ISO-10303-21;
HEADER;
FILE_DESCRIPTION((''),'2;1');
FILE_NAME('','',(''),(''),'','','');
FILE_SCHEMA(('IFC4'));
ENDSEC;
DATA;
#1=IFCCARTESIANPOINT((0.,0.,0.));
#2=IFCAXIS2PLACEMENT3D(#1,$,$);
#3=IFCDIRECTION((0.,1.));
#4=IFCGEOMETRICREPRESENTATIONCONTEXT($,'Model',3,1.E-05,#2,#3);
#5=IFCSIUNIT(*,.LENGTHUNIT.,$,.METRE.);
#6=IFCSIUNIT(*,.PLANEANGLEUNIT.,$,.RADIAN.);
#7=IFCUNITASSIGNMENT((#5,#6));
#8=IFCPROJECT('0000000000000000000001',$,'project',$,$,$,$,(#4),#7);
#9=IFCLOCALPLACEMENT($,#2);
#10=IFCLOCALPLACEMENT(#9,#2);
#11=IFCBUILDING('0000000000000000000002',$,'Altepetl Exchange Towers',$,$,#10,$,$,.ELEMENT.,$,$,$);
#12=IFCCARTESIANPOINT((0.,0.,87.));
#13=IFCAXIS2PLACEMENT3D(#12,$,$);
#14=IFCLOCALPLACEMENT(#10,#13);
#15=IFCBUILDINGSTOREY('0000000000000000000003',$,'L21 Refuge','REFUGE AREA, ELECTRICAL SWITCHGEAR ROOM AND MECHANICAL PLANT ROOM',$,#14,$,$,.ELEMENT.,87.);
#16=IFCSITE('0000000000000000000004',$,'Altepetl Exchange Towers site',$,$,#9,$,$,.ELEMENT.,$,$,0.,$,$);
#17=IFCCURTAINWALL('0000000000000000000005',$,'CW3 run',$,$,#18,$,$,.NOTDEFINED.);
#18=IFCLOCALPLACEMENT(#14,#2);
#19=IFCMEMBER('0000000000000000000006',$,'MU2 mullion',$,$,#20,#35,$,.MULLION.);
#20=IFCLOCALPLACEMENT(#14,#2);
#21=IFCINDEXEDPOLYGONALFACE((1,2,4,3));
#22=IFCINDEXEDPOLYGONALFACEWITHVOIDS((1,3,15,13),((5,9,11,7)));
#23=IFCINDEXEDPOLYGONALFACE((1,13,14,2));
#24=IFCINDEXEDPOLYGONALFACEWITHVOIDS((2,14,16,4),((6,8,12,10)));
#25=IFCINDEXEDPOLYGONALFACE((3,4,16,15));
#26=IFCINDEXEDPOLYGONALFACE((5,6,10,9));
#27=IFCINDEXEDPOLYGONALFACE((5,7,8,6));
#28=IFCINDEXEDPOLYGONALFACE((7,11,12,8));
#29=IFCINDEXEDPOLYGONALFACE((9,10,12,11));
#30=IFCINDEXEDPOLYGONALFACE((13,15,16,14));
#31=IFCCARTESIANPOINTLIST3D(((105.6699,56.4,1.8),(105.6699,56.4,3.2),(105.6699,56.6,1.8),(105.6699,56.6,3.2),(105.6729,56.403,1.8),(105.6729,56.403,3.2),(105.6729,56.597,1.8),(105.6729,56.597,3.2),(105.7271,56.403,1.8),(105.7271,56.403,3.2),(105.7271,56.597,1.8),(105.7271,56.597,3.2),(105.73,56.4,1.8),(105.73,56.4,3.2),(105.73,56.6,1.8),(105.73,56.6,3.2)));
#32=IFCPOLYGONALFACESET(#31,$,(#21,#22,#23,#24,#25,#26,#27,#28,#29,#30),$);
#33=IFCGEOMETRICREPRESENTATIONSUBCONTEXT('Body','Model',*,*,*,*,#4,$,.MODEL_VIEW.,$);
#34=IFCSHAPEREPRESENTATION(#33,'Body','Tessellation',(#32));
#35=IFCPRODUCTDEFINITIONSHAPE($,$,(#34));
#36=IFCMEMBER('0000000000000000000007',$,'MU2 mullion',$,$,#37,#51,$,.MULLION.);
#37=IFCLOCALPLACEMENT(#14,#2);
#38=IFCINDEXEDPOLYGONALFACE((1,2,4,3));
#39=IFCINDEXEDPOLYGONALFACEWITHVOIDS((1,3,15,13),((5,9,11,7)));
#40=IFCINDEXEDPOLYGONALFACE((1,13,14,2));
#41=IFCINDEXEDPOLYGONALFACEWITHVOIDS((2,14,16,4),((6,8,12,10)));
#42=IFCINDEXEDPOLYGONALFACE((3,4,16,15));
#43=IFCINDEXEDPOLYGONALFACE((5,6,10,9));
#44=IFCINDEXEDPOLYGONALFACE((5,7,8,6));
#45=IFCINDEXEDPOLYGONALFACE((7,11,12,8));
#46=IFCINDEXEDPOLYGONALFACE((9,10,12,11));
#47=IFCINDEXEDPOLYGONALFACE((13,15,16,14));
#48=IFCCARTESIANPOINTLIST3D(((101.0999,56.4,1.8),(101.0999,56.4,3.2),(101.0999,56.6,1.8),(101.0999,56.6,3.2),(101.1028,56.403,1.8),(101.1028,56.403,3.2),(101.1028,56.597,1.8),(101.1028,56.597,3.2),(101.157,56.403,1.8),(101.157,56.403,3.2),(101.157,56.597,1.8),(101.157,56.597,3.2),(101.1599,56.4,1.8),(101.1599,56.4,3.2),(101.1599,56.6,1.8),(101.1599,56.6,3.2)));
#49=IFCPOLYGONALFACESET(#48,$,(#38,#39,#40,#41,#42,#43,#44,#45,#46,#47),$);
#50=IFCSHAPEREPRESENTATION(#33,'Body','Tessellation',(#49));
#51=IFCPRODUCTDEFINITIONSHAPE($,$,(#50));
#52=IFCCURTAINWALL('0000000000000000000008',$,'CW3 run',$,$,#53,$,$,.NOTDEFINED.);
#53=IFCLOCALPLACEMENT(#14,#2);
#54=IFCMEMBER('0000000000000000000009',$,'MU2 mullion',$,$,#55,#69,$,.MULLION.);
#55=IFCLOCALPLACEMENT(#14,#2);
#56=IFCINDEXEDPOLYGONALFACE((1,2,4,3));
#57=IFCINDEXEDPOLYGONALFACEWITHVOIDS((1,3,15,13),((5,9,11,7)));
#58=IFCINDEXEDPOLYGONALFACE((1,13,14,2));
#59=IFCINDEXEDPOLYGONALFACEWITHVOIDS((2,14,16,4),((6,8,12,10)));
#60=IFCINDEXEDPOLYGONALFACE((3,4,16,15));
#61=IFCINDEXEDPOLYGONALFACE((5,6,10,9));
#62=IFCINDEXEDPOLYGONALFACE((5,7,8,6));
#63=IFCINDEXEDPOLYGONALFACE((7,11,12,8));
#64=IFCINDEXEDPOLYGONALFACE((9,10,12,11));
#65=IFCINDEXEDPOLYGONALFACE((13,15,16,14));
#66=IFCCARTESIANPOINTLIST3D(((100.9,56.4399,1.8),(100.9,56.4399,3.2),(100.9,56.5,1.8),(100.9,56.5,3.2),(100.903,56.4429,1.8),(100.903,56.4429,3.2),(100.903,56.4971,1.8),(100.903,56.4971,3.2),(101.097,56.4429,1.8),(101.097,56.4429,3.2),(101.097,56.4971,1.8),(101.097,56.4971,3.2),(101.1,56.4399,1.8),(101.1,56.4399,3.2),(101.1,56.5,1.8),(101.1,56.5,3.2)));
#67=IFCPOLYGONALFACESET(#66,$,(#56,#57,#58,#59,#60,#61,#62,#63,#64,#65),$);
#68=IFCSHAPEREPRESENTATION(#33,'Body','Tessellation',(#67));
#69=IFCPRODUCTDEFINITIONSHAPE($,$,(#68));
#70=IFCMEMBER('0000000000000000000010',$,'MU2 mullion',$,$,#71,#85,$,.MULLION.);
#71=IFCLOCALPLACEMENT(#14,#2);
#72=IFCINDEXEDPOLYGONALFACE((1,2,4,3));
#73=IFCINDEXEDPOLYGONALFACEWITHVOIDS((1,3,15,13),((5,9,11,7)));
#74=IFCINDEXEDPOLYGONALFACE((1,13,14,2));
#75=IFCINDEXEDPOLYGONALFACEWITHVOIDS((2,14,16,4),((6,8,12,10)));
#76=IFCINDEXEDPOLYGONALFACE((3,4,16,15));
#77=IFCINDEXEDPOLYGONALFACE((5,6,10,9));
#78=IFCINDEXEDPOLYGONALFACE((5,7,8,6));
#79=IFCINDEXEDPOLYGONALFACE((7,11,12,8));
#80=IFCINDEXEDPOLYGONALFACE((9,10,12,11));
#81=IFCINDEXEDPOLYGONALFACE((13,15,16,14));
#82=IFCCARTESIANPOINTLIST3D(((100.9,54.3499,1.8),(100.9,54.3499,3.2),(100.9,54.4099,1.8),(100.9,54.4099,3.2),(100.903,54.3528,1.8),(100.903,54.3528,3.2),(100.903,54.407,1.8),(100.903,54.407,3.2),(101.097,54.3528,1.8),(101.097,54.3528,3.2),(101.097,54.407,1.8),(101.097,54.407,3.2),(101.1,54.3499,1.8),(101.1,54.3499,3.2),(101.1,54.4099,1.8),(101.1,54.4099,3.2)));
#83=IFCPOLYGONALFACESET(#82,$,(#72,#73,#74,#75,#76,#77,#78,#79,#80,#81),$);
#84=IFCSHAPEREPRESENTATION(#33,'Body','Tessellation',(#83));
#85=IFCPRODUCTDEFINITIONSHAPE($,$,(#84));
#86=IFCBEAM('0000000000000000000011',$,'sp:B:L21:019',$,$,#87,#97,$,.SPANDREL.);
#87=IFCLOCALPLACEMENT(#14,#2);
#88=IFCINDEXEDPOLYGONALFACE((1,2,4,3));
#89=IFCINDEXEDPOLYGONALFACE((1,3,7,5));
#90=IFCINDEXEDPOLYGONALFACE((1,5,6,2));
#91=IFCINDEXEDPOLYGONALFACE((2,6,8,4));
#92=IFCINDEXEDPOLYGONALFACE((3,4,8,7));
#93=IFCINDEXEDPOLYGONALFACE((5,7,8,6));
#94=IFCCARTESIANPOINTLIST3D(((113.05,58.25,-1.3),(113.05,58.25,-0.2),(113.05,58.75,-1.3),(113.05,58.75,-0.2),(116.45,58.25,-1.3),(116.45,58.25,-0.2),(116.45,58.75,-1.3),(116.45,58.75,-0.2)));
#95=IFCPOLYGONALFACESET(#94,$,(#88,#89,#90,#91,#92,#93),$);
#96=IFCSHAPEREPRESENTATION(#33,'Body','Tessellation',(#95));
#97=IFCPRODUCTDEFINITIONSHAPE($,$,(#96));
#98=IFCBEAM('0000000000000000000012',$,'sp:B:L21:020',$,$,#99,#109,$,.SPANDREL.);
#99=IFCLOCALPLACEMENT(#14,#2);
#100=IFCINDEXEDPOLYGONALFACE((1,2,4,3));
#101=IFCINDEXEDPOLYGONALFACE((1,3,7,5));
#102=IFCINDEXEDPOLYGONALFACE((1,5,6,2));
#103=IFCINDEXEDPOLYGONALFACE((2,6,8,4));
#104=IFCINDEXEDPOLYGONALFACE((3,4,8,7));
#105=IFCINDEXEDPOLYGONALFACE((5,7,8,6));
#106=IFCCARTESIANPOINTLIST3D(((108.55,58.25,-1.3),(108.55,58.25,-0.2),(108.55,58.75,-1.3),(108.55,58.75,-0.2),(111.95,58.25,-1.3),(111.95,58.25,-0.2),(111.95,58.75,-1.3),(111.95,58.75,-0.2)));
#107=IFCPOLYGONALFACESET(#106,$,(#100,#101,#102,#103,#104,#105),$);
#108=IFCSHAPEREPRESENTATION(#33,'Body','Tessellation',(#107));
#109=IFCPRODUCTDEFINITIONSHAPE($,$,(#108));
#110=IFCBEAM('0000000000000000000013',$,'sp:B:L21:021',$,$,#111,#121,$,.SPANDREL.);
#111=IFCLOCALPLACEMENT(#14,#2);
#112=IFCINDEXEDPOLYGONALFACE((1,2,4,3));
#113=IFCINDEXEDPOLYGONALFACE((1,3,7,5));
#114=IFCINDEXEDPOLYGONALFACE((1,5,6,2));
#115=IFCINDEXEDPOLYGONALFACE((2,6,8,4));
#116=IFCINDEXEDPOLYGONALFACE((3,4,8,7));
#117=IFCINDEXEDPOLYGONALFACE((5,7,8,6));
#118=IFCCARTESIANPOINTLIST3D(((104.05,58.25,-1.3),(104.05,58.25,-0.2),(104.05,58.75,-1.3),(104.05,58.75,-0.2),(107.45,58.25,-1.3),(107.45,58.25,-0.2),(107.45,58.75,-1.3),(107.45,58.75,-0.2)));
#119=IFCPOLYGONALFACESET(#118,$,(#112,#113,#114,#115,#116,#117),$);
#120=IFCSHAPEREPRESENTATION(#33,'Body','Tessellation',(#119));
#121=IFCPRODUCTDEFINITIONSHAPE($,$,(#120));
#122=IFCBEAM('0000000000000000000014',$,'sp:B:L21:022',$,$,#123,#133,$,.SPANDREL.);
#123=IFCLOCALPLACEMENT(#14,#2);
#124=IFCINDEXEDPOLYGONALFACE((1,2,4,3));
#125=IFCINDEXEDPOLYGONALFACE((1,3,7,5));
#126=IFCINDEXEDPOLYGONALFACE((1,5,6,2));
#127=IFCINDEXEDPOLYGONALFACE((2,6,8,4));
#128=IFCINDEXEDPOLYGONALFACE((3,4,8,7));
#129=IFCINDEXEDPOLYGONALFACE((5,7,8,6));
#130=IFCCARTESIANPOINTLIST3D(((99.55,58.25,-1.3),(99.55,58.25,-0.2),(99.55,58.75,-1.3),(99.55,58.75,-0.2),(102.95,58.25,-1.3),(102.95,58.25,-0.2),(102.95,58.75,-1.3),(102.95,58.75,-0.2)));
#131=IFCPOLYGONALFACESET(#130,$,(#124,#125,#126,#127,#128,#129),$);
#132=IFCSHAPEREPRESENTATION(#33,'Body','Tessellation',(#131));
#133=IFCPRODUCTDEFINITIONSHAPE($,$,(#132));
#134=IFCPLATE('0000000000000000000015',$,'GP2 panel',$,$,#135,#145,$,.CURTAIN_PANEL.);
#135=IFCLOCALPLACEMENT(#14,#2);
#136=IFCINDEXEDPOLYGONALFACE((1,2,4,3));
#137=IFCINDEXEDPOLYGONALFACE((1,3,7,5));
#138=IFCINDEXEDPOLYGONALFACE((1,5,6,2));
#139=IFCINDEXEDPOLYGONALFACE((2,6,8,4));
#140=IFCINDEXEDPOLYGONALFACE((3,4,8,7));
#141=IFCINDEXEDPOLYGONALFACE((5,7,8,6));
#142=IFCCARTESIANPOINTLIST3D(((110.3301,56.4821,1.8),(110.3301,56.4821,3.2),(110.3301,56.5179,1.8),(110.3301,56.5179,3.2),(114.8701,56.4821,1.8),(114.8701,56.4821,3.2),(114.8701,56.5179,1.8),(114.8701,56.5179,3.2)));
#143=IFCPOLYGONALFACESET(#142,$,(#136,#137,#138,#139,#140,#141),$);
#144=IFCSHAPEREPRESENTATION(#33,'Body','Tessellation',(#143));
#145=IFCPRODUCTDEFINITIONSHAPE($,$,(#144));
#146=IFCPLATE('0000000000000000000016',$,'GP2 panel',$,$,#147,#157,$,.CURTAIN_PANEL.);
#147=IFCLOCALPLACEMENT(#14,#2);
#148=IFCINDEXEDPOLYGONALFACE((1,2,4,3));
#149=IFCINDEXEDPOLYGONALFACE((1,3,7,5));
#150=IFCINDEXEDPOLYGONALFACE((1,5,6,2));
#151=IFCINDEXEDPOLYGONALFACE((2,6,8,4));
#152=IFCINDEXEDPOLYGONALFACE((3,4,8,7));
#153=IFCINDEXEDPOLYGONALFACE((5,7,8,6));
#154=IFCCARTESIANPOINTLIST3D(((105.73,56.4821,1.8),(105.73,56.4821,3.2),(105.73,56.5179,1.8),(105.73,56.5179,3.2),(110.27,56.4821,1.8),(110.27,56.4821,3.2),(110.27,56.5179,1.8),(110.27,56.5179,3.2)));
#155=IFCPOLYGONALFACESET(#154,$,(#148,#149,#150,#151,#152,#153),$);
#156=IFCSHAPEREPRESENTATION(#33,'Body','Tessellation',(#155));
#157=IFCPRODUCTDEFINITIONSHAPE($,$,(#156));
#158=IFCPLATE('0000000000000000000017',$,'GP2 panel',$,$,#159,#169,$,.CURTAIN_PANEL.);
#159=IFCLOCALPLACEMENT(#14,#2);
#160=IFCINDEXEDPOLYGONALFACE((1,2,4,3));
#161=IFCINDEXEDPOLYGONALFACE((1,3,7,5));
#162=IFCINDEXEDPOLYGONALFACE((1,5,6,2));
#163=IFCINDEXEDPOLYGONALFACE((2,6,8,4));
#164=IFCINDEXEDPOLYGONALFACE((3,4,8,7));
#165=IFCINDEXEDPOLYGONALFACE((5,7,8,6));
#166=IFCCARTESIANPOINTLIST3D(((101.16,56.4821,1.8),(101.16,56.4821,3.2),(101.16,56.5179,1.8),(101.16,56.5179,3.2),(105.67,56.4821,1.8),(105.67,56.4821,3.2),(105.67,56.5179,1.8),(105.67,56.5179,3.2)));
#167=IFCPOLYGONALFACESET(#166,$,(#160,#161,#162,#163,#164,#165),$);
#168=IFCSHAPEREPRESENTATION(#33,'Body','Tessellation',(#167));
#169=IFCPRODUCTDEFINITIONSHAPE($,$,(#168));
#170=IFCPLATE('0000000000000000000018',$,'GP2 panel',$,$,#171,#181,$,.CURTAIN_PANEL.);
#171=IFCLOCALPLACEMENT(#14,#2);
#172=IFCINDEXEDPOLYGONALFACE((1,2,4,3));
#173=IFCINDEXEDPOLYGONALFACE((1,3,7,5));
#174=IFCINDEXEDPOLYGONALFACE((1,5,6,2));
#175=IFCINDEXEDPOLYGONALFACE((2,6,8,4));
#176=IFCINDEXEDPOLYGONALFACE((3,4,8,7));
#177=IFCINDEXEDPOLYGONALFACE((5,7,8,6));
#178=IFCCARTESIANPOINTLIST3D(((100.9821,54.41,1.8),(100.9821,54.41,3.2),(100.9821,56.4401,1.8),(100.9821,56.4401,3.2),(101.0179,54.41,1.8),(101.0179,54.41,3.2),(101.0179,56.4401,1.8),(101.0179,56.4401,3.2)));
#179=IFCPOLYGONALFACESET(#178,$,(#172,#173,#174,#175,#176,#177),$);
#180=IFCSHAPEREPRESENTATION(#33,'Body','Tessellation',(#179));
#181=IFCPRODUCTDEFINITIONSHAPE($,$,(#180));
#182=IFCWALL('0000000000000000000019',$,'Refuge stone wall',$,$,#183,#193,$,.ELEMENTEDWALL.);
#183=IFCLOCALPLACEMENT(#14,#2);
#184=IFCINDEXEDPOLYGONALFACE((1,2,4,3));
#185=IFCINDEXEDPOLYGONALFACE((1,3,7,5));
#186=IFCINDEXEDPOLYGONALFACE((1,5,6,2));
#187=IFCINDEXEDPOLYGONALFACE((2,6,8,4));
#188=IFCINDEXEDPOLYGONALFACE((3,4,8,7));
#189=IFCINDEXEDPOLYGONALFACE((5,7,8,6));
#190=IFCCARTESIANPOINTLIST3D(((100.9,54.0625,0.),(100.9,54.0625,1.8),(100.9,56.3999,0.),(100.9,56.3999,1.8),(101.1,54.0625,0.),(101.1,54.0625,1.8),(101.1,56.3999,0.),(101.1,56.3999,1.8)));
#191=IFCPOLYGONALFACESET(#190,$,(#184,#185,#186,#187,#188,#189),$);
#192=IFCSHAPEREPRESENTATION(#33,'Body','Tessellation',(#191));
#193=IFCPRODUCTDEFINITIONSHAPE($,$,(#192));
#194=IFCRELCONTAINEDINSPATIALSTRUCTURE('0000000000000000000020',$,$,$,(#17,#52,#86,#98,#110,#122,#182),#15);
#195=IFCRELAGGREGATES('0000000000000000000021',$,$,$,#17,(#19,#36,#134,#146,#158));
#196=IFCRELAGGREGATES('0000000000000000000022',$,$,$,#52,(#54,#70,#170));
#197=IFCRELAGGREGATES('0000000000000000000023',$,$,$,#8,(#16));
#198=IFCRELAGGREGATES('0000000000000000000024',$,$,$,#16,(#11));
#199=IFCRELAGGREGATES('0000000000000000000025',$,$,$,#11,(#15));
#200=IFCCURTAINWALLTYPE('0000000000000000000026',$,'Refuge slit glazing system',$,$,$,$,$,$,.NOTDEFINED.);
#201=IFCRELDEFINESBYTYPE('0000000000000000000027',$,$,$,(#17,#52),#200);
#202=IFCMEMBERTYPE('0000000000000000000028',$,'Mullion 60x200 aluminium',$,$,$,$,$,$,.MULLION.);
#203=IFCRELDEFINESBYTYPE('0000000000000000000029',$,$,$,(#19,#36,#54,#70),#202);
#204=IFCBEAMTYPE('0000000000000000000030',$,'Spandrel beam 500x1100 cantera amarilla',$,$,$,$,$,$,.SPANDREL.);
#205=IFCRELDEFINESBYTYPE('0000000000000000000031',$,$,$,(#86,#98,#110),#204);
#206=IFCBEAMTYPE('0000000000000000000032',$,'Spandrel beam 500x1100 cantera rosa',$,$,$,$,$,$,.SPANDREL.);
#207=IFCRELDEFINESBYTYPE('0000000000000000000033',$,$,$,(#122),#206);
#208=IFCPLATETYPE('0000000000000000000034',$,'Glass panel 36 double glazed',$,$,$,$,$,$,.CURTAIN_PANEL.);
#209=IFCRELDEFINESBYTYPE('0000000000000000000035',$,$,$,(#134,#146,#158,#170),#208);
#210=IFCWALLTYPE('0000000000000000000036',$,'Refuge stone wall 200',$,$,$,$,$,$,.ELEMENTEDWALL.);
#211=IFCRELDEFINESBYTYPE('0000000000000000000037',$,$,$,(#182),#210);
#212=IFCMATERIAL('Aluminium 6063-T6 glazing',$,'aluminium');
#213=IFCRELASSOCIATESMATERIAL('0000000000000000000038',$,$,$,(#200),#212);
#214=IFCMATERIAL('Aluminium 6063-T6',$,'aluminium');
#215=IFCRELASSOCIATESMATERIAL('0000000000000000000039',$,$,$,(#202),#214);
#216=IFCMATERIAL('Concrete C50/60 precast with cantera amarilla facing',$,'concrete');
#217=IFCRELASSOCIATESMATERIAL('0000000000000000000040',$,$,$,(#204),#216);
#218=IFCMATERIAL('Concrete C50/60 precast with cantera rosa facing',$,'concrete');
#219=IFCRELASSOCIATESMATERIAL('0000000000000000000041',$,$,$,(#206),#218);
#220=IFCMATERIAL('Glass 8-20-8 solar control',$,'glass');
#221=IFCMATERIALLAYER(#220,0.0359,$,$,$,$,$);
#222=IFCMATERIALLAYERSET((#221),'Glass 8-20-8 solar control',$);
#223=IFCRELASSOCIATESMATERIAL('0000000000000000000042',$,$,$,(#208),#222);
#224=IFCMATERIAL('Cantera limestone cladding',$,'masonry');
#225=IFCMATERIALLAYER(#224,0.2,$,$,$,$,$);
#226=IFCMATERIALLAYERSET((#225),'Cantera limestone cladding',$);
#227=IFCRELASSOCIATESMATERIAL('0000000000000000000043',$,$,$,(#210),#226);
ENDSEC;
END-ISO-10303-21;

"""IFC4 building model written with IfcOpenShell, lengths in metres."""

from ifc_helpers import new_model, si_unit, direction, frame, frame_2d, origin, origin_2d, place, context, subcontext, project, spatial, rectangle, hollow_rectangle, extrude, material, layer, layer_set, material_profile, profile_set, type_object, element, aggregate, save


model = new_model("IFC4")

# Units and contexts
model_context = context("Model", 3, precision=1e-05, world=origin(), true_north=direction((0.0, 1.0)))
body_context = subcontext(model_context, "Body", "Model", "MODEL_VIEW")
ifc_project = project(units=[si_unit("LENGTHUNIT", "METRE"), si_unit("PLANEANGLEUNIT", "RADIAN")], contexts=[model_context])

# Site, building, storey
site_placement = place(None, origin())
site = spatial("IfcSite", under=ifc_project, at=site_placement, Name="Altepetl Exchange Towers site", CompositionType="ELEMENT", RefElevation=0.0)
building_placement = place(site_placement, origin())
building = spatial("IfcBuilding", under=site, at=building_placement, Name="Altepetl Exchange Towers", CompositionType="ELEMENT")
storey_placement = place(building_placement, frame((0.0, 0.0, 87.0)))
storey = spatial("IfcBuildingStorey", under=building, at=storey_placement, Name="L21 Refuge", Description="REFUGE AREA, ELECTRICAL SWITCHGEAR ROOM AND MECHANICAL PLANT ROOM", CompositionType="ELEMENT", Elevation=87.0)

# Curtain walls, members
ifc_material_1 = material(Name="Aluminium 6063-T6 glazing", Category="aluminium")
curtain_wall_type = type_object("IfcCurtainWallType", Name="Refuge slit glazing system", PredefinedType="NOTDEFINED", material=ifc_material_1)
curtain_wall_1_placement = place(storey_placement, origin())
curtain_wall_1 = element("IfcCurtainWall", 1, at=curtain_wall_1_placement, inside=storey, type_object=curtain_wall_type, Name="CW3 run", PredefinedType="NOTDEFINED")
ifc_material_2 = material(Name="Aluminium 6063-T6", Category="aluminium")
ifc_material_profile_1 = material_profile(ifc_material_2, hollow_rectangle(XDim=0.0601, YDim=0.2, WallThickness=0.0029, at=origin_2d()), Name="Mullion 60x200 aluminium")
ifc_profile_set_1 = profile_set([ifc_material_profile_1], Name="Aluminium 6063-T6")
member_type_1 = type_object("IfcMemberType", Name="Mullion 60x200 aluminium", PredefinedType="MULLION", material=ifc_profile_set_1)
member_1_placement = place(storey_placement, frame((105.7, 56.5, 1.8), z_axis=(0.0, 0.0, 1.0), x_axis=(-1.0, 0.0, 0.0)))
member_1 = element("IfcMember", 2, at=member_1_placement, type_object=member_type_1, Name="MU2 mullion", PredefinedType="MULLION", context=body_context, shape_type="SweptSolid", body=[
    extrude(hollow_rectangle(XDim=0.0601, YDim=0.2, WallThickness=0.0029, at=origin_2d()), origin(), (0.0, 0.0, 1.0), 1.3999),
])
member_2_placement = place(storey_placement, frame((101.1299, 56.5, 1.8), z_axis=(0.0, 0.0, 1.0), x_axis=(-1.0, 0.0, 0.0)))
member_2 = element("IfcMember", 3, at=member_2_placement, type_object=member_type_1, Name="MU2 mullion", PredefinedType="MULLION", context=body_context, shape_type="SweptSolid", body=[
    extrude(hollow_rectangle(XDim=0.0601, YDim=0.2, WallThickness=0.0029, at=origin_2d()), origin(), (0.0, 0.0, 1.0), 1.3999),
])
curtain_wall_2_placement = place(storey_placement, origin())
curtain_wall_2 = element("IfcCurtainWall", 4, at=curtain_wall_2_placement, inside=storey, type_object=curtain_wall_type, Name="CW3 run", PredefinedType="NOTDEFINED")
member_3_placement = place(storey_placement, frame((101.0, 56.47, 1.8), z_axis=(0.0, 0.0, 1.0), x_axis=(0.0, -1.0, 0.0)))
member_3 = element("IfcMember", 5, at=member_3_placement, type_object=member_type_1, Name="MU2 mullion", PredefinedType="MULLION", context=body_context, shape_type="SweptSolid", body=[
    extrude(hollow_rectangle(XDim=0.0601, YDim=0.2, WallThickness=0.0029, at=origin_2d()), origin(), (0.0, 0.0, 1.0), 1.3999),
])
member_4_placement = place(storey_placement, frame((101.0, 54.3799, 1.8), z_axis=(0.0, 0.0, 1.0), x_axis=(0.0, -1.0, 0.0)))
member_4 = element("IfcMember", 6, at=member_4_placement, type_object=member_type_1, Name="MU2 mullion", PredefinedType="MULLION", context=body_context, shape_type="SweptSolid", body=[
    extrude(hollow_rectangle(XDim=0.0601, YDim=0.2, WallThickness=0.0029, at=origin_2d()), origin(), (0.0, 0.0, 1.0), 1.3999),
])

# Beams
ifc_material_3 = material(Name="Concrete C50/60 precast with cantera amarilla facing", Category="concrete")
ifc_material_profile_2 = material_profile(ifc_material_3, rectangle(XDim=0.5, YDim=1.1001, at=origin_2d()), Name="500 x 1100")
ifc_profile_set_2 = profile_set([ifc_material_profile_2], Name="Concrete C50/60 precast with cantera amarilla facing")
beam_type_1 = type_object("IfcBeamType", Name="Spandrel beam 500x1100 cantera amarilla", PredefinedType="SPANDREL", material=ifc_profile_set_2)
for number, where, z_axis, x_axis, name in (
    (7, (116.45, 58.5, -0.75), (-1.0, 0.0, 0.0), (0.0, -1.0, 0.0), "sp:B:L21:019"),
    (8, (111.95, 58.5, -0.75), (-1.0, 0.0, 0.0), (0.0, -1.0, 0.0), "sp:B:L21:020"),
    (9, (107.45, 58.5, -0.75), (-1.0, 0.0, 0.0), (0.0, -1.0, 0.0), "sp:B:L21:021"),
):
    element("IfcBeam", number, at=place(storey_placement, frame(where, z_axis=z_axis, x_axis=x_axis)), inside=storey, type_object=beam_type_1, Name=name, PredefinedType="SPANDREL", context=body_context, shape_type="SweptSolid", body=[
        extrude(rectangle(XDim=0.5, YDim=1.1001, at=origin_2d()), origin(), (0.0, 0.0, 1.0), 3.3999),
    ])
ifc_material_4 = material(Name="Concrete C50/60 precast with cantera rosa facing", Category="concrete")
ifc_material_profile_3 = material_profile(ifc_material_4, rectangle(XDim=0.5, YDim=1.1001, at=origin_2d()), Name="500 x 1100")
ifc_profile_set_3 = profile_set([ifc_material_profile_3], Name="Concrete C50/60 precast with cantera rosa facing")
beam_type_2 = type_object("IfcBeamType", Name="Spandrel beam 500x1100 cantera rosa", PredefinedType="SPANDREL", material=ifc_profile_set_3)
beam_1_placement = place(storey_placement, frame((102.95, 58.5, -0.75), z_axis=(-1.0, 0.0, 0.0), x_axis=(0.0, -1.0, 0.0)))
element("IfcBeam", 10, at=beam_1_placement, inside=storey, type_object=beam_type_2, Name="sp:B:L21:022", PredefinedType="SPANDREL", context=body_context, shape_type="SweptSolid", body=[
    extrude(rectangle(XDim=0.5, YDim=1.1001, at=origin_2d()), origin(), (0.0, 0.0, 1.0), 3.3999),
])

# Plates
ifc_material_5 = material(Name="Glass 8-20-8 solar control", Category="glass")
ifc_layer_1 = layer(ifc_material_5, 0.0359)
ifc_layer_set_1 = layer_set([ifc_layer_1], Name="Glass 8-20-8 solar control")
plate_type = type_object("IfcPlateType", Name="Glass panel 36 double glazed", PredefinedType="CURTAIN_PANEL", material=ifc_layer_set_1)
plate_1_placement = place(storey_placement, frame((112.6001, 56.5, 1.8), z_axis=(0.0, 0.0, 1.0), x_axis=(-1.0, 0.0, 0.0)))
plate_1 = element("IfcPlate", 11, at=plate_1_placement, type_object=plate_type, Name="GP2 panel", PredefinedType="CURTAIN_PANEL", context=body_context, shape_type="SweptSolid", body=[
    extrude(rectangle(XDim=4.54, YDim=0.0359, at=origin_2d()), origin(), (0.0, 0.0, 1.0), 1.3999),
])
plate_2_placement = place(storey_placement, frame((108.0, 56.5, 1.8), z_axis=(0.0, 0.0, 1.0), x_axis=(-1.0, 0.0, 0.0)))
plate_2 = element("IfcPlate", 12, at=plate_2_placement, type_object=plate_type, Name="GP2 panel", PredefinedType="CURTAIN_PANEL", context=body_context, shape_type="SweptSolid", body=[
    extrude(rectangle(XDim=4.54, YDim=0.0359, at=origin_2d()), origin(), (0.0, 0.0, 1.0), 1.3999),
])
plate_3_placement = place(storey_placement, frame((103.415, 56.5, 1.8), z_axis=(0.0, 0.0, 1.0), x_axis=(-1.0, 0.0, 0.0)))
plate_3 = element("IfcPlate", 13, at=plate_3_placement, type_object=plate_type, Name="GP2 panel", PredefinedType="CURTAIN_PANEL", context=body_context, shape_type="SweptSolid", body=[
    extrude(rectangle(XDim=4.51, YDim=0.0359, at=origin_2d()), origin(), (0.0, 0.0, 1.0), 1.3999),
])
aggregate(curtain_wall_1, [member_1, member_2, plate_1, plate_2, plate_3])
plate_4_placement = place(storey_placement, frame((101.0, 55.425, 1.8), z_axis=(0.0, 0.0, 1.0), x_axis=(0.0, -1.0, 0.0)))
plate_4 = element("IfcPlate", 14, at=plate_4_placement, type_object=plate_type, Name="GP2 panel", PredefinedType="CURTAIN_PANEL", context=body_context, shape_type="SweptSolid", body=[
    extrude(rectangle(XDim=2.03, YDim=0.0359, at=origin_2d()), origin(), (0.0, 0.0, 1.0), 1.3999),
])
aggregate(curtain_wall_2, [member_3, member_4, plate_4])

# Wall
ifc_material_6 = material(Name="Cantera limestone cladding", Category="masonry")
ifc_layer_2 = layer(ifc_material_6, 0.2)
ifc_layer_set_2 = layer_set([ifc_layer_2], Name="Cantera limestone cladding")
wall_type = type_object("IfcWallType", Name="Refuge stone wall 200", PredefinedType="ELEMENTEDWALL", material=ifc_layer_set_2)
wall_placement = place(storey_placement, frame((101.0, 56.3999, 0.0), z_axis=(0.0, 0.0, 1.0), x_axis=(0.0, -1.0, 0.0)))
element("IfcWall", 15, at=wall_placement, inside=storey, type_object=wall_type, Name="Refuge stone wall", PredefinedType="ELEMENTEDWALL", context=body_context, shape_type="SweptSolid", body=[
    extrude(rectangle(XDim=2.3374, YDim=0.2, at=frame_2d((1.1687, 0.0))), origin(), (0.0, 0.0, 1.0), 1.8),
])

save(model, "model.ifc")
